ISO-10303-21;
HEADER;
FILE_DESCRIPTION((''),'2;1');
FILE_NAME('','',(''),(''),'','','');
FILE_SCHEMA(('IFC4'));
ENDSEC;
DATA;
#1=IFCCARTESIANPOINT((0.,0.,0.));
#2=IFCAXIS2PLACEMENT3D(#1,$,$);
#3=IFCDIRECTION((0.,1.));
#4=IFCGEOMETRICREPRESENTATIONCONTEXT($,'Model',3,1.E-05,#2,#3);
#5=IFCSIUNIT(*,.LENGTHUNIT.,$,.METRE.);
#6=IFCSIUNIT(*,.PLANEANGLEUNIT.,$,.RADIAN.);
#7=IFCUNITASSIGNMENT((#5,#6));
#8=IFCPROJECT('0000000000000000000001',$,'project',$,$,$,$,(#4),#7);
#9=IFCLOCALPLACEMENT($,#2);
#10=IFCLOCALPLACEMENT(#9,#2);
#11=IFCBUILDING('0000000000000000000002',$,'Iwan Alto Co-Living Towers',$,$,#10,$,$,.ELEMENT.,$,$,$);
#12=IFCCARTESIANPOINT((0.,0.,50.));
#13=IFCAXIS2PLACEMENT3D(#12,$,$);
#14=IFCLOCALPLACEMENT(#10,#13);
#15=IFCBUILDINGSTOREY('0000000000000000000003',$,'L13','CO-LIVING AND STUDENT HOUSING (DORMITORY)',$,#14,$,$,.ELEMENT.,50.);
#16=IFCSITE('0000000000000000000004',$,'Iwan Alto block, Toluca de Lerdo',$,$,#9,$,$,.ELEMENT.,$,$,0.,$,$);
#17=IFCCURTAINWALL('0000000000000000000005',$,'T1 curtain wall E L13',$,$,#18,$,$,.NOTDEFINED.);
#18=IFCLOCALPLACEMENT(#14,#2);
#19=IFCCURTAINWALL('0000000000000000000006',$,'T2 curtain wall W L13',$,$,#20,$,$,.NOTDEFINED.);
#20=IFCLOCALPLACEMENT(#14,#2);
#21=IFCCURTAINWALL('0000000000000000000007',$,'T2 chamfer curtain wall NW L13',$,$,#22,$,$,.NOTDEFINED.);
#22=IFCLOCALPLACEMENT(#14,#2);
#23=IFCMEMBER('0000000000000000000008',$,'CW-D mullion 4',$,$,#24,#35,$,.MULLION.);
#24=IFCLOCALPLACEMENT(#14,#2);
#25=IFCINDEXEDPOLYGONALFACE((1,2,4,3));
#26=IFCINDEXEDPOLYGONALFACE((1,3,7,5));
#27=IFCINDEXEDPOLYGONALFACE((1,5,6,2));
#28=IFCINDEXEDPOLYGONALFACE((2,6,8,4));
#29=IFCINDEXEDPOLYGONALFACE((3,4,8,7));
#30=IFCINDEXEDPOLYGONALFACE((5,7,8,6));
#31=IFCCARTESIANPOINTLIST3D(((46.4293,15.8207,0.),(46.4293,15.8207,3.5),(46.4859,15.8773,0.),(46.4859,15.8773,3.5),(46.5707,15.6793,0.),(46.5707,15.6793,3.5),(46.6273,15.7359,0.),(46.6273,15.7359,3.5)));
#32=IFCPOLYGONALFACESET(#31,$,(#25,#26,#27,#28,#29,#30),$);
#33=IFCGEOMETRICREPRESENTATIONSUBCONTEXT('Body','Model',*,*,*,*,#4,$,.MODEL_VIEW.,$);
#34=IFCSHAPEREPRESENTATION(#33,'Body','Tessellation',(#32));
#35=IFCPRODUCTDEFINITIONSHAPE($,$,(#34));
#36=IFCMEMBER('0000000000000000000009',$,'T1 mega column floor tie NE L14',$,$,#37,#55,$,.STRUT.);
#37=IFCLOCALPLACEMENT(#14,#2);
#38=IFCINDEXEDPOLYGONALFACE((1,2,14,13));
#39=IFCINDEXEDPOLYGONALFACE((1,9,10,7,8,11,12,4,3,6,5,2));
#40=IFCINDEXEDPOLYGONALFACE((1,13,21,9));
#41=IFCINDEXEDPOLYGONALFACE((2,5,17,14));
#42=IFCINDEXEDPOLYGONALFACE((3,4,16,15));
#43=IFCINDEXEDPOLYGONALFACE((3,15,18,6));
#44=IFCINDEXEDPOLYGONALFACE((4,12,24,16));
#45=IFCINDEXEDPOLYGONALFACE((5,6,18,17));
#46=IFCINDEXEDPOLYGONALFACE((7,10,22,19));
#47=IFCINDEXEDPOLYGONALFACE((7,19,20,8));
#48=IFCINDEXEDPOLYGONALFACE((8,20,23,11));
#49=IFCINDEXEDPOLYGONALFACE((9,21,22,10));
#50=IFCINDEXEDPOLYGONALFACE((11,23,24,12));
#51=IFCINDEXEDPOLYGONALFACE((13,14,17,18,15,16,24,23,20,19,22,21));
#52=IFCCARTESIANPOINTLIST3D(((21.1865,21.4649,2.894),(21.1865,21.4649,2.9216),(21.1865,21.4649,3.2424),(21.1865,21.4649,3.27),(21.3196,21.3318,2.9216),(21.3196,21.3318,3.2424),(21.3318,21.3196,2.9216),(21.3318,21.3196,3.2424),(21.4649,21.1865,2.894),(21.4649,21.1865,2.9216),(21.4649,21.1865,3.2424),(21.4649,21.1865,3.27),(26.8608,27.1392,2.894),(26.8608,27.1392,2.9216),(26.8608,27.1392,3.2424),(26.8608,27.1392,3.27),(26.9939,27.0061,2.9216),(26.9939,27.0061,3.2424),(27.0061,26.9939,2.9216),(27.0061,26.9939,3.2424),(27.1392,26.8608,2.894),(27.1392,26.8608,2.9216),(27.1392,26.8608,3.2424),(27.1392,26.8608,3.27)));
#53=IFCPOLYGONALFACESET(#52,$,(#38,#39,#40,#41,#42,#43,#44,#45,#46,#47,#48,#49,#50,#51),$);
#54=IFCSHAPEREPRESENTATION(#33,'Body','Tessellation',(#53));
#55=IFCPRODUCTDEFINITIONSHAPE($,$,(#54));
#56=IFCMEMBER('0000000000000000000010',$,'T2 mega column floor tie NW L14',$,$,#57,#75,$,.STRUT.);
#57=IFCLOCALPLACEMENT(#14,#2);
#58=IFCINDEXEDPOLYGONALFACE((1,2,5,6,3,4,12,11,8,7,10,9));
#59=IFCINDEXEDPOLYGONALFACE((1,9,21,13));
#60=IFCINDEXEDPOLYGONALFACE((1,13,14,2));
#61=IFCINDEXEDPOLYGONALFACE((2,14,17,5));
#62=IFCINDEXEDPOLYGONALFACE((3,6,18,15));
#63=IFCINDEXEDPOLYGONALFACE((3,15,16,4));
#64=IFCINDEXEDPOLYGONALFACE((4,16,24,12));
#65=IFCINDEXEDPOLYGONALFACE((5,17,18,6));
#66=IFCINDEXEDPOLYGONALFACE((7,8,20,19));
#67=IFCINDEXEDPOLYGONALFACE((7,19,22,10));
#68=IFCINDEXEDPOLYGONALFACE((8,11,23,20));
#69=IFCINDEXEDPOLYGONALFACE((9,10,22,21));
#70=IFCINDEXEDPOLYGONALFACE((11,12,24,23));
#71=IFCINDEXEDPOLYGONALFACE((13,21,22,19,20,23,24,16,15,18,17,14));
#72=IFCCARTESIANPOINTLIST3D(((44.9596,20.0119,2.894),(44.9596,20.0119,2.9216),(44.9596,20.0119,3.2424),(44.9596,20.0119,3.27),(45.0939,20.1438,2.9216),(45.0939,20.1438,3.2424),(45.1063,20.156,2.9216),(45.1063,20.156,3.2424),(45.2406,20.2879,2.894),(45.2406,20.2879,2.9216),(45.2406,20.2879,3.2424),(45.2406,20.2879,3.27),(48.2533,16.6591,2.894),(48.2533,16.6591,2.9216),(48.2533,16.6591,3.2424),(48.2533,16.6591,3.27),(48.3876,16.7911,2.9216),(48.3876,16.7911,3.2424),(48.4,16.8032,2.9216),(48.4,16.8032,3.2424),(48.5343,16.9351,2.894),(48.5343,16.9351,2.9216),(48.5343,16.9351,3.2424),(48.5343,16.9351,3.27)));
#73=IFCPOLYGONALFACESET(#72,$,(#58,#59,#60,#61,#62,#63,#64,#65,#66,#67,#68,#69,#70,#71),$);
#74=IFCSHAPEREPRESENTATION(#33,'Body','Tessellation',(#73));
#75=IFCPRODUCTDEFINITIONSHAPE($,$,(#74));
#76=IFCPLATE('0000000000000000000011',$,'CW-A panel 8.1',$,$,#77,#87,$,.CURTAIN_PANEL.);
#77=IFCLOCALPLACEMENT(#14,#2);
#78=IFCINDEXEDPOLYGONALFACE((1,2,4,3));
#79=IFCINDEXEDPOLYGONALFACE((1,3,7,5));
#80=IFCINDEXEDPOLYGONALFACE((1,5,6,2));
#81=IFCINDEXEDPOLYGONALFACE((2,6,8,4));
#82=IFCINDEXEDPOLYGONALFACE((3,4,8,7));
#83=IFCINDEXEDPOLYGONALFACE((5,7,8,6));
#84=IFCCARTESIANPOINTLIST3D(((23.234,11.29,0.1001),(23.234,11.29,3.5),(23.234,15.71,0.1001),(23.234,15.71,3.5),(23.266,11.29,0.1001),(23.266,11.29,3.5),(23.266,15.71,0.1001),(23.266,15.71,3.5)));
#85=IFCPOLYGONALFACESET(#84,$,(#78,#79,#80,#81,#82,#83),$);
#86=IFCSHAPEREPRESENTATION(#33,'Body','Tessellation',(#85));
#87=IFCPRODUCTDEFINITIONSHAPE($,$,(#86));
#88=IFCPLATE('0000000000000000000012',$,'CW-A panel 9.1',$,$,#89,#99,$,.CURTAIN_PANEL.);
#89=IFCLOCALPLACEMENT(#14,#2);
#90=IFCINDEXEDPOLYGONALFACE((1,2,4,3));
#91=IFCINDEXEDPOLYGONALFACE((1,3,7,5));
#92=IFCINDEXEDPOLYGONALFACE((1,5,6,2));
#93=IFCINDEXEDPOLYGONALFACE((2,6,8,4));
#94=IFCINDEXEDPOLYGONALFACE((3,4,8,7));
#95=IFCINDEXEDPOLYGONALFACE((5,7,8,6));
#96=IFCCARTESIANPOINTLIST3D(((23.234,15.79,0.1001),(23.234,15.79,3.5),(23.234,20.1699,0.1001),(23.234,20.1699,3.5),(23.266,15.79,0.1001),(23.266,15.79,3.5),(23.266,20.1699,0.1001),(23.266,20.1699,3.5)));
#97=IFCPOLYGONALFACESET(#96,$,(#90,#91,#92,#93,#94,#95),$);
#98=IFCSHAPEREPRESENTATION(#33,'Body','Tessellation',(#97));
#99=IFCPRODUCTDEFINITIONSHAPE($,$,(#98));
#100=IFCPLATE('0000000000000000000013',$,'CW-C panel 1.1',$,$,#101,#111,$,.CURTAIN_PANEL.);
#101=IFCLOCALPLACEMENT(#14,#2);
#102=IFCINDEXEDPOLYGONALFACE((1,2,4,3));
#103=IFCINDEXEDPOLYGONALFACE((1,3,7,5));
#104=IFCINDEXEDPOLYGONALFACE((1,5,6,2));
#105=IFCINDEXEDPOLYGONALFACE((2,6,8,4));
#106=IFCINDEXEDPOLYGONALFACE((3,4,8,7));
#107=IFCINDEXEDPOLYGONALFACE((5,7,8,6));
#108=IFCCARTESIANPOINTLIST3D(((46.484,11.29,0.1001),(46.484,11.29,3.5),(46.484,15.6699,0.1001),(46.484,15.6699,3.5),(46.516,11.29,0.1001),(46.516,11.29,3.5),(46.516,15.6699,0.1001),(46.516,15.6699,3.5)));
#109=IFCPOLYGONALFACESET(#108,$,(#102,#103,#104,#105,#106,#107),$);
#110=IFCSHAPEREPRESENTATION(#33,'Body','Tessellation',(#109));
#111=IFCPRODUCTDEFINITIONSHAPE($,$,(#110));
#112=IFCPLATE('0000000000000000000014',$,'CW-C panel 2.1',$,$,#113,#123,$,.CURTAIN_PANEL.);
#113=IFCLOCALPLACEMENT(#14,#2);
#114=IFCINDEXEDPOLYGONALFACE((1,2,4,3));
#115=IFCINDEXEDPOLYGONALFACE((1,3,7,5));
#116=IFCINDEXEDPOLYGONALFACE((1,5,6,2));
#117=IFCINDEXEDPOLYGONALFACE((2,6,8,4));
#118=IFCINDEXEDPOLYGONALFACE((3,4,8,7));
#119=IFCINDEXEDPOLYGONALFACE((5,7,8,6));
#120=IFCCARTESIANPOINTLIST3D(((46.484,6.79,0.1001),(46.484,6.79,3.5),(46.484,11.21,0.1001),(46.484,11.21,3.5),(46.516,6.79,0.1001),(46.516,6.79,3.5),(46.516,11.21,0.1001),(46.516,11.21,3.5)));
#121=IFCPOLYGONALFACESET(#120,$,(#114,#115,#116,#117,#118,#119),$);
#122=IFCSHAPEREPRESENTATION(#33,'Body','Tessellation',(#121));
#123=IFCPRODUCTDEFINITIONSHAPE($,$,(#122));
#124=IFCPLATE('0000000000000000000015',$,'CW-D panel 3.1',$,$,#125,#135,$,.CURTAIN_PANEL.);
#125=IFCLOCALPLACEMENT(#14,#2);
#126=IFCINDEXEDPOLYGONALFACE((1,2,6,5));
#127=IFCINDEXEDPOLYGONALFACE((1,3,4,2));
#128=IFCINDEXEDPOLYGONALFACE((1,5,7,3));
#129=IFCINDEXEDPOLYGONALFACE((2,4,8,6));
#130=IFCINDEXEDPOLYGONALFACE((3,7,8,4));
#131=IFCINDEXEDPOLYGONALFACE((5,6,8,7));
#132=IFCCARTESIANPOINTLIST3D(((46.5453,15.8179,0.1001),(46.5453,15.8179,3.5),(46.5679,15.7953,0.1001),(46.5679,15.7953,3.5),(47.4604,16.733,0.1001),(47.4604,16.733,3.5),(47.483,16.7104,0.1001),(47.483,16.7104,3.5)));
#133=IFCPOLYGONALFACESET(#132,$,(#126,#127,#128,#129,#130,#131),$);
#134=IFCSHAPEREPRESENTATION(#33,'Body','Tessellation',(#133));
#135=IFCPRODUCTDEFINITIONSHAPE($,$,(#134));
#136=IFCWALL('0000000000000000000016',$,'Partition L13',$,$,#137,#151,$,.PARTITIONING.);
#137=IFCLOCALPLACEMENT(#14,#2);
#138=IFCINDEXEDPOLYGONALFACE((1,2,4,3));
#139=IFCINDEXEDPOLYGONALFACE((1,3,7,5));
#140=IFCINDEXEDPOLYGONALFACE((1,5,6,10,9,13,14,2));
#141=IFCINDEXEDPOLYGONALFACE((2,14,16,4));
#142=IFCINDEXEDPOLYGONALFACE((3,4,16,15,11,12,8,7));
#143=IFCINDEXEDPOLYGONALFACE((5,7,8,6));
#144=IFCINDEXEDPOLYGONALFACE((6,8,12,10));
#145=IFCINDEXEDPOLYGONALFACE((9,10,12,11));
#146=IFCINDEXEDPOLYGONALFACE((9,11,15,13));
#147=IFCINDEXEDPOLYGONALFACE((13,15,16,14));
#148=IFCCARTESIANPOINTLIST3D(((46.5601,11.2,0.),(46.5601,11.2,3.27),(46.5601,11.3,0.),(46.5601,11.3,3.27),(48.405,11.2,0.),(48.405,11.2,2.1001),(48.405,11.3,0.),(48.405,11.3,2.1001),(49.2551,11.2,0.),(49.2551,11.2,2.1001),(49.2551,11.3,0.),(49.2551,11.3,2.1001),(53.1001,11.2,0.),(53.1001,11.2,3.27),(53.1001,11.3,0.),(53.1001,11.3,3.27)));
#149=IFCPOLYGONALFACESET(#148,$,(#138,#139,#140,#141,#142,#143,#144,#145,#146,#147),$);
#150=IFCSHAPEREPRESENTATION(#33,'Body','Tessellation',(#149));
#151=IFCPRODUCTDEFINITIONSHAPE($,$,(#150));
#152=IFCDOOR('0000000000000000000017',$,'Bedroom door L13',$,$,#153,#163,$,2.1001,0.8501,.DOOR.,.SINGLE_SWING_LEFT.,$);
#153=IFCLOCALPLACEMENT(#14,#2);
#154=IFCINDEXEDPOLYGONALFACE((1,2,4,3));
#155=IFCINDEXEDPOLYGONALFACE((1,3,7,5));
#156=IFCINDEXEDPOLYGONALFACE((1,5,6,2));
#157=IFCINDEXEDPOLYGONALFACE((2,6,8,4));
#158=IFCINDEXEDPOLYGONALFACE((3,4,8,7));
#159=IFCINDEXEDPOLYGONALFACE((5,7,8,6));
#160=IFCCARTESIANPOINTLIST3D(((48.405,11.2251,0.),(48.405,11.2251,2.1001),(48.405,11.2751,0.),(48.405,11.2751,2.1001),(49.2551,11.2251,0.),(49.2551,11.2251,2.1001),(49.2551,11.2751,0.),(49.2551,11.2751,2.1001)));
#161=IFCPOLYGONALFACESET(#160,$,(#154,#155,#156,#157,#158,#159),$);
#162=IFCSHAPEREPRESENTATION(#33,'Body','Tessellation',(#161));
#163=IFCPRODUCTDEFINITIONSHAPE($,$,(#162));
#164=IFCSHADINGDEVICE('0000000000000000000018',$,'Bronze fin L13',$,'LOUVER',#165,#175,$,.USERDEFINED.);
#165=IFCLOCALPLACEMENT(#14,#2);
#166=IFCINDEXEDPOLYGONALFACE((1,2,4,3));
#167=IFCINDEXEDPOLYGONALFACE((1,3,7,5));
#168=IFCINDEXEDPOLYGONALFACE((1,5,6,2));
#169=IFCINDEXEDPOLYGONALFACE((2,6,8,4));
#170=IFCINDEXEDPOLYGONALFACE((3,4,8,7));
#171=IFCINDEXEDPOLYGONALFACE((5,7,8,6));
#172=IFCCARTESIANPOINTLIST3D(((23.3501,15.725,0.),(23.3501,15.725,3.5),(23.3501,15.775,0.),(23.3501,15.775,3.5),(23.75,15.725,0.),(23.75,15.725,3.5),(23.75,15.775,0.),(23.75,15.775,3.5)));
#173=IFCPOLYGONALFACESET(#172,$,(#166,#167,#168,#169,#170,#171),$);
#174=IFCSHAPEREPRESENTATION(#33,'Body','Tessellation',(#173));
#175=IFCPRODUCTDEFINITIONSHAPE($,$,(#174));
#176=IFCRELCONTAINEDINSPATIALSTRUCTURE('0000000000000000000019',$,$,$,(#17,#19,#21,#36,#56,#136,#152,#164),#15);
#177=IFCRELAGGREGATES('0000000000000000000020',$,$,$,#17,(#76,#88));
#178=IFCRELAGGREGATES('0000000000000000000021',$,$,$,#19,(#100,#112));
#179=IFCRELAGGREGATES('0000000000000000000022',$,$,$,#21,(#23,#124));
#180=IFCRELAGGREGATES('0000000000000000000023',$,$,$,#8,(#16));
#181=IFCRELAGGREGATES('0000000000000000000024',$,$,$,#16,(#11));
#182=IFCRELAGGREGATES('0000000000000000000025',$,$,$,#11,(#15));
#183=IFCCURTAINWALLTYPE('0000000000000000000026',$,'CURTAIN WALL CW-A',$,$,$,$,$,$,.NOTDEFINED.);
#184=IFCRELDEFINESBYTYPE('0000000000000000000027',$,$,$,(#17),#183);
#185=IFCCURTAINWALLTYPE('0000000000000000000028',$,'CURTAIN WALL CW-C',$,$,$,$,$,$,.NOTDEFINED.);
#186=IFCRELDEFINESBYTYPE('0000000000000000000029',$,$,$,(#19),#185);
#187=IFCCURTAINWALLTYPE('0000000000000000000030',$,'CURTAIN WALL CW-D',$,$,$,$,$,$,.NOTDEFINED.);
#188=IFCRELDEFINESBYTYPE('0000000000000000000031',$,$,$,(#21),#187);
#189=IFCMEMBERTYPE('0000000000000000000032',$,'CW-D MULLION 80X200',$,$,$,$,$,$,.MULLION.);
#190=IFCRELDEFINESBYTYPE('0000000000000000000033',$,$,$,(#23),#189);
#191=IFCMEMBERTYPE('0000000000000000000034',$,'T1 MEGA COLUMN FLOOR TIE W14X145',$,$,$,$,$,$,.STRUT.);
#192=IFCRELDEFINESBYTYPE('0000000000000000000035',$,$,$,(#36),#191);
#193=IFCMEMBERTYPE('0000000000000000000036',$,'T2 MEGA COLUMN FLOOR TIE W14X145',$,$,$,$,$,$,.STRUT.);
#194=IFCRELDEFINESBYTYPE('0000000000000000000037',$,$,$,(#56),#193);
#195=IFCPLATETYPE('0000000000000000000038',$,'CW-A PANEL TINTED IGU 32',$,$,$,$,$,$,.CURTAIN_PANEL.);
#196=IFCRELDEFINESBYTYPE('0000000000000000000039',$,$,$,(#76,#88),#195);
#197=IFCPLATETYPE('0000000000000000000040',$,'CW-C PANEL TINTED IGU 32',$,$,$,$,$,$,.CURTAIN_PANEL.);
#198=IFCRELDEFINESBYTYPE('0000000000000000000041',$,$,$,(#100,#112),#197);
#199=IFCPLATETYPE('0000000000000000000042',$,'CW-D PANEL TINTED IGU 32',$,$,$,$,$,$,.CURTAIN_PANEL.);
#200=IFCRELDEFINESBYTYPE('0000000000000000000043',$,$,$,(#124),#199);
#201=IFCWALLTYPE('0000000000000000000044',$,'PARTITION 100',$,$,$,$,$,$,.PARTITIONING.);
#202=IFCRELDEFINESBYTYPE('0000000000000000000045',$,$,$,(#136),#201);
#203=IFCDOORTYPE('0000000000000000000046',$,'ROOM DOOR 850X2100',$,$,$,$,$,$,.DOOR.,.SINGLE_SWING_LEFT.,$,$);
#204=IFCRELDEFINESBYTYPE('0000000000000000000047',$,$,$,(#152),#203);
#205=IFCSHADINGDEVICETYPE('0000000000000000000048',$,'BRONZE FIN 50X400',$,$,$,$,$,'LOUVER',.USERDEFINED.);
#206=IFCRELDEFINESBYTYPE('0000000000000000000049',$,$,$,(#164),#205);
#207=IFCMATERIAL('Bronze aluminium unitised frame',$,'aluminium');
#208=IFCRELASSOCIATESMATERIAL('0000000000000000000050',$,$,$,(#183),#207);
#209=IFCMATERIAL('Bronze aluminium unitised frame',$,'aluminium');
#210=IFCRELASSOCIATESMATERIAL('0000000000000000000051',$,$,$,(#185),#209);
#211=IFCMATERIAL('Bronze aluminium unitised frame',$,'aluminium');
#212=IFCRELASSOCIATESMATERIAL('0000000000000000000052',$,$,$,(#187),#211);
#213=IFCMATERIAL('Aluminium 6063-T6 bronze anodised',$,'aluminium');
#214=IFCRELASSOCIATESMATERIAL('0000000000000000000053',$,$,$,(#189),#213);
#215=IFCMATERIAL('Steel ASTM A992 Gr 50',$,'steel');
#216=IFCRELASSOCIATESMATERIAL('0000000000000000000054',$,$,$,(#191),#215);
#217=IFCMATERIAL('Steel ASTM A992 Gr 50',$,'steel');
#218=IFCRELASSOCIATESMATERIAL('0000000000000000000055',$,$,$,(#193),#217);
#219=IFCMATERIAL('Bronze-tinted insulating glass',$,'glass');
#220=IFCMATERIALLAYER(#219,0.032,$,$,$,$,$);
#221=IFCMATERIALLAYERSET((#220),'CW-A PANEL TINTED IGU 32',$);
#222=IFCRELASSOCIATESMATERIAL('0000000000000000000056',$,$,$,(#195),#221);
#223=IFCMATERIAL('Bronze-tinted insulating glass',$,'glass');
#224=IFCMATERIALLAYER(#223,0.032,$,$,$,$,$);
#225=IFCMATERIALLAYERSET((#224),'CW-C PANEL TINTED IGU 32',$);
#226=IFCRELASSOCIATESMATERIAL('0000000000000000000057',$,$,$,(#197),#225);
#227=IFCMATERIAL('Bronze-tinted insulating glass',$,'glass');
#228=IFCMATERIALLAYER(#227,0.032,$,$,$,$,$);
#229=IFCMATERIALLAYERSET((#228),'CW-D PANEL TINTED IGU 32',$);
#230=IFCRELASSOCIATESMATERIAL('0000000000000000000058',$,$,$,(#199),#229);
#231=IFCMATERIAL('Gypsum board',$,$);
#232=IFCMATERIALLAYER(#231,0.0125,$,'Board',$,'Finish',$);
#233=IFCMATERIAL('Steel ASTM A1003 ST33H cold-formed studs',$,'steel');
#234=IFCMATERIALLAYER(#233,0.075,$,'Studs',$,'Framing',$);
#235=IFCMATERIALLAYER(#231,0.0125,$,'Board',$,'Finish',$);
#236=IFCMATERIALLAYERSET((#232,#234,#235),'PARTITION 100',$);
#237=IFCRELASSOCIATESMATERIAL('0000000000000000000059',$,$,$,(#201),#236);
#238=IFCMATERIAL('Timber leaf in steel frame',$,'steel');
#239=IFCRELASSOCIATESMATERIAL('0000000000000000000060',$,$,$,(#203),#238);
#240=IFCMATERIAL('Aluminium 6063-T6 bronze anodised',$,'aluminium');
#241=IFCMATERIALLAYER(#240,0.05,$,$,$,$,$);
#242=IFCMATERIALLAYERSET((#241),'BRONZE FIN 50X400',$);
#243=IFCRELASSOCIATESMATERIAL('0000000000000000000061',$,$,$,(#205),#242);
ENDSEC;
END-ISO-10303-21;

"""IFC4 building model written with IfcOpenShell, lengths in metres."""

from ifc_helpers import new_model, si_unit, direction, frame, frame_2d, origin, origin_2d, place, context, subcontext, project, spatial, rectangle, i_section, extrude, material, layer, layer_set, material_profile, profile_set, type_object, element, fill, aggregate, save


model = new_model("IFC4")

# Units and contexts
model_context = context("Model", 3, precision=1e-05, world=origin(), true_north=direction((0.0, 1.0)))
body_context = subcontext(model_context, "Body", "Model", "MODEL_VIEW")
ifc_project = project(units=[si_unit("LENGTHUNIT", "METRE"), si_unit("PLANEANGLEUNIT", "RADIAN")], contexts=[model_context])

# Site, building, storey
site_placement = place(None, origin())
site = spatial("IfcSite", under=ifc_project, at=site_placement, Name="Iwan Alto block, Toluca de Lerdo", CompositionType="ELEMENT", RefElevation=0.0)
building_placement = place(site_placement, origin())
building = spatial("IfcBuilding", under=site, at=building_placement, Name="Iwan Alto Co-Living Towers", CompositionType="ELEMENT")
storey_placement = place(building_placement, frame((0.0, 0.0, 50.0)))
storey = spatial("IfcBuildingStorey", under=building, at=storey_placement, Name="L13", Description="CO-LIVING AND STUDENT HOUSING (DORMITORY)", CompositionType="ELEMENT", Elevation=50.0)

# Curtain wall
ifc_material_1 = material(Name="Bronze aluminium unitised frame", Category="aluminium")
curtain_wall_type_1 = type_object("IfcCurtainWallType", Name="CURTAIN WALL CW-A", PredefinedType="NOTDEFINED", material=ifc_material_1)
curtain_wall_1_placement = place(storey_placement, origin())
curtain_wall_1 = element("IfcCurtainWall", 1, at=curtain_wall_1_placement, inside=storey, type_object=curtain_wall_type_1, Name="T1 curtain wall E L13", PredefinedType="NOTDEFINED")

# Curtain wall
ifc_material_2 = material(Name="Bronze aluminium unitised frame", Category="aluminium")
curtain_wall_type_2 = type_object("IfcCurtainWallType", Name="CURTAIN WALL CW-C", PredefinedType="NOTDEFINED", material=ifc_material_2)
curtain_wall_2_placement = place(storey_placement, origin())
curtain_wall_2 = element("IfcCurtainWall", 2, at=curtain_wall_2_placement, inside=storey, type_object=curtain_wall_type_2, Name="T2 curtain wall W L13", PredefinedType="NOTDEFINED")

# Curtain wall, member
ifc_material_3 = material(Name="Bronze aluminium unitised frame", Category="aluminium")
curtain_wall_type_3 = type_object("IfcCurtainWallType", Name="CURTAIN WALL CW-D", PredefinedType="NOTDEFINED", material=ifc_material_3)
curtain_wall_3_placement = place(storey_placement, origin())
curtain_wall_3 = element("IfcCurtainWall", 3, at=curtain_wall_3_placement, inside=storey, type_object=curtain_wall_type_3, Name="T2 chamfer curtain wall NW L13", PredefinedType="NOTDEFINED")
ifc_material_4 = material(Name="Aluminium 6063-T6 bronze anodised", Category="aluminium")
ifc_material_profile_1 = material_profile(ifc_material_4, rectangle(XDim=0.2, YDim=0.0801, at=origin_2d()), Name="AL 80X200")
ifc_profile_set_1 = profile_set([ifc_material_profile_1], Name="Aluminium 6063-T6 bronze anodised")
member_type_1 = type_object("IfcMemberType", Name="CW-D MULLION 80X200", PredefinedType="MULLION", material=ifc_profile_set_1)
member_1_placement = place(storey_placement, frame((46.5283, 15.7783, 0.0), z_axis=(0.0, 0.0, 1.0), x_axis=(0.707107, -0.707107, 0.0)))
member_1 = element("IfcMember", 4, at=member_1_placement, type_object=member_type_1, Name="CW-D mullion 4", PredefinedType="MULLION", context=body_context, shape_type="SweptSolid", body=[
    extrude(rectangle(XDim=0.2, YDim=0.0801, at=origin_2d()), origin(), (0.0, 0.0, 1.0), 3.5),
])

# Members
ifc_material_5 = material(Name="Steel ASTM A992 Gr 50", Category="steel")
ifc_material_profile_2 = material_profile(ifc_material_5, i_section(OverallWidth=0.3938, OverallDepth=0.376, WebThickness=0.0173, FlangeThickness=0.0276, at=origin_2d()), Name="W14X145")
ifc_profile_set_2 = profile_set([ifc_material_profile_2], Name="Steel ASTM A992 Gr 50")
member_type_2 = type_object("IfcMemberType", Name="T1 MEGA COLUMN FLOOR TIE W14X145", PredefinedType="STRUT", material=ifc_profile_set_2)
member_2_placement = place(storey_placement, frame((27.0, 27.0, 3.082), z_axis=(-0.707107, -0.707107, 0.0), x_axis=(0.707107, -0.707107, 0.0)))
element("IfcMember", 5, at=member_2_placement, inside=storey, type_object=member_type_2, Name="T1 mega column floor tie NE L14", PredefinedType="STRUT", context=body_context, shape_type="SweptSolid", body=[
    extrude(i_section(OverallWidth=0.3938, OverallDepth=0.376, WebThickness=0.0173, FlangeThickness=0.0276, at=origin_2d()), origin(), (0.0, 0.0, 1.0), 8.0247),
])
ifc_material_6 = material(Name="Steel ASTM A992 Gr 50", Category="steel")
ifc_material_profile_3 = material_profile(ifc_material_6, i_section(OverallWidth=0.3938, OverallDepth=0.376, WebThickness=0.0173, FlangeThickness=0.0276, at=origin_2d()), Name="W14X145")
ifc_profile_set_3 = profile_set([ifc_material_profile_3], Name="Steel ASTM A992 Gr 50")
member_type_3 = type_object("IfcMemberType", Name="T2 MEGA COLUMN FLOOR TIE W14X145", PredefinedType="STRUT", material=ifc_profile_set_3)
member_3_placement = place(storey_placement, frame((45.1001, 20.1499, 3.082), z_axis=(0.700793, -0.713364, 0.0), x_axis=(0.713364, 0.700793, 0.0)))
element("IfcMember", 6, at=member_3_placement, inside=storey, type_object=member_type_3, Name="T2 mega column floor tie NW L14", PredefinedType="STRUT", context=body_context, shape_type="SweptSolid", body=[
    extrude(i_section(OverallWidth=0.3938, OverallDepth=0.376, WebThickness=0.0173, FlangeThickness=0.0276, at=origin_2d()), origin(), (0.0, 0.0, 1.0), 4.7),
])

# Plates
ifc_material_7 = material(Name="Bronze-tinted insulating glass", Category="glass")
ifc_layer_1 = layer(ifc_material_7, 0.032)
ifc_layer_set_1 = layer_set([ifc_layer_1], Name="CW-A PANEL TINTED IGU 32")
plate_type_1 = type_object("IfcPlateType", Name="CW-A PANEL TINTED IGU 32", PredefinedType="CURTAIN_PANEL", material=ifc_layer_set_1)
plate_1_placement = place(storey_placement, frame((23.25, 13.5, 0.1001), z_axis=(0.0, 0.0, 1.0), x_axis=(0.0, 1.0, 0.0)))
plate_1 = element("IfcPlate", 7, at=plate_1_placement, type_object=plate_type_1, Name="CW-A panel 8.1", PredefinedType="CURTAIN_PANEL", context=body_context, shape_type="SweptSolid", body=[
    extrude(rectangle(XDim=4.4199, YDim=0.032, at=origin_2d()), origin(), (0.0, 0.0, 1.0), 3.3999),
])
plate_2_placement = place(storey_placement, frame((23.25, 17.98, 0.1001), z_axis=(0.0, 0.0, 1.0), x_axis=(0.0, 1.0, 0.0)))
plate_2 = element("IfcPlate", 8, at=plate_2_placement, type_object=plate_type_1, Name="CW-A panel 9.1", PredefinedType="CURTAIN_PANEL", context=body_context, shape_type="SweptSolid", body=[
    extrude(rectangle(XDim=4.3799, YDim=0.032, at=origin_2d()), origin(), (0.0, 0.0, 1.0), 3.3999),
])
aggregate(curtain_wall_1, [plate_1, plate_2])
ifc_material_8 = material(Name="Bronze-tinted insulating glass", Category="glass")
ifc_layer_2 = layer(ifc_material_8, 0.032)
ifc_layer_set_2 = layer_set([ifc_layer_2], Name="CW-C PANEL TINTED IGU 32")
plate_type_2 = type_object("IfcPlateType", Name="CW-C PANEL TINTED IGU 32", PredefinedType="CURTAIN_PANEL", material=ifc_layer_set_2)
plate_3_placement = place(storey_placement, frame((46.5, 13.48, 0.1001), z_axis=(0.0, 0.0, 1.0), x_axis=(0.0, -1.0, 0.0)))
plate_3 = element("IfcPlate", 9, at=plate_3_placement, type_object=plate_type_2, Name="CW-C panel 1.1", PredefinedType="CURTAIN_PANEL", context=body_context, shape_type="SweptSolid", body=[
    extrude(rectangle(XDim=4.3799, YDim=0.032, at=origin_2d()), origin(), (0.0, 0.0, 1.0), 3.3999),
])
plate_4_placement = place(storey_placement, frame((46.5, 9.0, 0.1001), z_axis=(0.0, 0.0, 1.0), x_axis=(0.0, -1.0, 0.0)))
plate_4 = element("IfcPlate", 10, at=plate_4_placement, type_object=plate_type_2, Name="CW-C panel 2.1", PredefinedType="CURTAIN_PANEL", context=body_context, shape_type="SweptSolid", body=[
    extrude(rectangle(XDim=4.4199, YDim=0.032, at=origin_2d()), origin(), (0.0, 0.0, 1.0), 3.3999),
])
aggregate(curtain_wall_2, [plate_3, plate_4])
ifc_material_9 = material(Name="Bronze-tinted insulating glass", Category="glass")
ifc_layer_3 = layer(ifc_material_9, 0.032)
ifc_layer_set_3 = layer_set([ifc_layer_3], Name="CW-D PANEL TINTED IGU 32")
plate_type_3 = type_object("IfcPlateType", Name="CW-D PANEL TINTED IGU 32", PredefinedType="CURTAIN_PANEL", material=ifc_layer_set_3)
plate_5_placement = place(storey_placement, frame((47.0142, 16.2642, 0.1001), z_axis=(0.0, 0.0, 1.0), x_axis=(-0.707107, -0.707107, 0.0)))
plate_5 = element("IfcPlate", 11, at=plate_5_placement, type_object=plate_type_3, Name="CW-D panel 3.1", PredefinedType="CURTAIN_PANEL", context=body_context, shape_type="SweptSolid", body=[
    extrude(rectangle(XDim=1.2942, YDim=0.032, at=origin_2d()), origin(), (0.0, 0.0, 1.0), 3.3999),
])
aggregate(curtain_wall_3, [member_1, plate_5])

# Wall, opening, door
ifc_material_10 = material(Name="Gypsum board")
ifc_layer_4 = layer(ifc_material_10, 0.0125, Name="Board", Category="Finish")
ifc_material_11 = material(Name="Steel ASTM A1003 ST33H cold-formed studs", Category="steel")
ifc_layer_5 = layer(ifc_material_11, 0.075, Name="Studs", Category="Framing")
ifc_layer_6 = layer(ifc_material_10, 0.0125, Name="Board", Category="Finish")
ifc_layer_set_4 = layer_set([ifc_layer_4, ifc_layer_5, ifc_layer_6], Name="PARTITION 100")
wall_type = type_object("IfcWallType", Name="PARTITION 100", PredefinedType="PARTITIONING", material=ifc_layer_set_4)
wall_placement = place(storey_placement, frame((46.5601, 11.25, 0.0), z_axis=(0.0, 0.0, 1.0), x_axis=(1.0, 0.0, 0.0)))
wall = element("IfcWall", 12, at=wall_placement, inside=storey, type_object=wall_type, Name="Partition L13", PredefinedType="PARTITIONING", context=body_context, shape_type="SweptSolid", body=[
    extrude(rectangle(XDim=6.54, YDim=0.1001, at=frame_2d((3.27, 0.0))), origin(), (0.0, 0.0, 1.0), 3.27),
])
opening_placement = place(wall_placement, frame((1.845, 0.0, 0.0)))
opening = element("IfcOpeningElement", 13, at=opening_placement, cuts=wall, PredefinedType="OPENING", context=body_context, shape_type="SweptSolid", body=[
    extrude(rectangle(XDim=0.8501, YDim=2.1001, at=frame_2d((0.425, 1.05))), frame((0.0, 0.0601, 0.0), z_axis=(0.0, -1.0, 0.0), x_axis=(1.0, 0.0, 0.0)), (0.0, 0.0, 1.0), 0.1201),
])
ifc_material_12 = material(Name="Timber leaf in steel frame", Category="steel")
door_type = type_object("IfcDoorType", Name="ROOM DOOR 850X2100", OperationType="SINGLE_SWING_LEFT", PredefinedType="DOOR", material=ifc_material_12)
door_placement = place(opening_placement, frame((0.8501, 0.0, 0.0), z_axis=(0.0, 0.0, 1.0), x_axis=(-1.0, 0.0, 0.0)))
door = element("IfcDoor", 14, at=door_placement, inside=storey, type_object=door_type, Name="Bedroom door L13", OperationType="SINGLE_SWING_LEFT", OverallHeight=2.1001, OverallWidth=0.8501, PredefinedType="DOOR", context=body_context, shape_type="SweptSolid", body=[
    extrude(rectangle(XDim=0.8501, YDim=2.1001, at=frame_2d((0.425, 1.05))), frame((0.0, 0.0249, 0.0), z_axis=(0.0, -1.0, 0.0), x_axis=(1.0, 0.0, 0.0)), (0.0, 0.0, 1.0), 0.05),
])
fill(opening, door)

# Shading device
ifc_material_13 = material(Name="Aluminium 6063-T6 bronze anodised", Category="aluminium")
ifc_layer_7 = layer(ifc_material_13, 0.05)
ifc_layer_set_5 = layer_set([ifc_layer_7], Name="BRONZE FIN 50X400")
shading_device_type = type_object("IfcShadingDeviceType", Name="BRONZE FIN 50X400", ElementType="LOUVER", PredefinedType="USERDEFINED", material=ifc_layer_set_5)
shading_device_placement = place(storey_placement, frame((23.55, 15.75, 0.0), z_axis=(0.0, 0.0, 1.0), x_axis=(0.0, 1.0, 0.0)))
element("IfcShadingDevice", 15, at=shading_device_placement, inside=storey, type_object=shading_device_type, Name="Bronze fin L13", ObjectType="LOUVER", PredefinedType="USERDEFINED", context=body_context, shape_type="SweptSolid", body=[
    extrude(rectangle(XDim=0.05, YDim=0.3999, at=origin_2d()), origin(), (0.0, 0.0, 1.0), 3.5),
])

save(model, "model.ifc")
